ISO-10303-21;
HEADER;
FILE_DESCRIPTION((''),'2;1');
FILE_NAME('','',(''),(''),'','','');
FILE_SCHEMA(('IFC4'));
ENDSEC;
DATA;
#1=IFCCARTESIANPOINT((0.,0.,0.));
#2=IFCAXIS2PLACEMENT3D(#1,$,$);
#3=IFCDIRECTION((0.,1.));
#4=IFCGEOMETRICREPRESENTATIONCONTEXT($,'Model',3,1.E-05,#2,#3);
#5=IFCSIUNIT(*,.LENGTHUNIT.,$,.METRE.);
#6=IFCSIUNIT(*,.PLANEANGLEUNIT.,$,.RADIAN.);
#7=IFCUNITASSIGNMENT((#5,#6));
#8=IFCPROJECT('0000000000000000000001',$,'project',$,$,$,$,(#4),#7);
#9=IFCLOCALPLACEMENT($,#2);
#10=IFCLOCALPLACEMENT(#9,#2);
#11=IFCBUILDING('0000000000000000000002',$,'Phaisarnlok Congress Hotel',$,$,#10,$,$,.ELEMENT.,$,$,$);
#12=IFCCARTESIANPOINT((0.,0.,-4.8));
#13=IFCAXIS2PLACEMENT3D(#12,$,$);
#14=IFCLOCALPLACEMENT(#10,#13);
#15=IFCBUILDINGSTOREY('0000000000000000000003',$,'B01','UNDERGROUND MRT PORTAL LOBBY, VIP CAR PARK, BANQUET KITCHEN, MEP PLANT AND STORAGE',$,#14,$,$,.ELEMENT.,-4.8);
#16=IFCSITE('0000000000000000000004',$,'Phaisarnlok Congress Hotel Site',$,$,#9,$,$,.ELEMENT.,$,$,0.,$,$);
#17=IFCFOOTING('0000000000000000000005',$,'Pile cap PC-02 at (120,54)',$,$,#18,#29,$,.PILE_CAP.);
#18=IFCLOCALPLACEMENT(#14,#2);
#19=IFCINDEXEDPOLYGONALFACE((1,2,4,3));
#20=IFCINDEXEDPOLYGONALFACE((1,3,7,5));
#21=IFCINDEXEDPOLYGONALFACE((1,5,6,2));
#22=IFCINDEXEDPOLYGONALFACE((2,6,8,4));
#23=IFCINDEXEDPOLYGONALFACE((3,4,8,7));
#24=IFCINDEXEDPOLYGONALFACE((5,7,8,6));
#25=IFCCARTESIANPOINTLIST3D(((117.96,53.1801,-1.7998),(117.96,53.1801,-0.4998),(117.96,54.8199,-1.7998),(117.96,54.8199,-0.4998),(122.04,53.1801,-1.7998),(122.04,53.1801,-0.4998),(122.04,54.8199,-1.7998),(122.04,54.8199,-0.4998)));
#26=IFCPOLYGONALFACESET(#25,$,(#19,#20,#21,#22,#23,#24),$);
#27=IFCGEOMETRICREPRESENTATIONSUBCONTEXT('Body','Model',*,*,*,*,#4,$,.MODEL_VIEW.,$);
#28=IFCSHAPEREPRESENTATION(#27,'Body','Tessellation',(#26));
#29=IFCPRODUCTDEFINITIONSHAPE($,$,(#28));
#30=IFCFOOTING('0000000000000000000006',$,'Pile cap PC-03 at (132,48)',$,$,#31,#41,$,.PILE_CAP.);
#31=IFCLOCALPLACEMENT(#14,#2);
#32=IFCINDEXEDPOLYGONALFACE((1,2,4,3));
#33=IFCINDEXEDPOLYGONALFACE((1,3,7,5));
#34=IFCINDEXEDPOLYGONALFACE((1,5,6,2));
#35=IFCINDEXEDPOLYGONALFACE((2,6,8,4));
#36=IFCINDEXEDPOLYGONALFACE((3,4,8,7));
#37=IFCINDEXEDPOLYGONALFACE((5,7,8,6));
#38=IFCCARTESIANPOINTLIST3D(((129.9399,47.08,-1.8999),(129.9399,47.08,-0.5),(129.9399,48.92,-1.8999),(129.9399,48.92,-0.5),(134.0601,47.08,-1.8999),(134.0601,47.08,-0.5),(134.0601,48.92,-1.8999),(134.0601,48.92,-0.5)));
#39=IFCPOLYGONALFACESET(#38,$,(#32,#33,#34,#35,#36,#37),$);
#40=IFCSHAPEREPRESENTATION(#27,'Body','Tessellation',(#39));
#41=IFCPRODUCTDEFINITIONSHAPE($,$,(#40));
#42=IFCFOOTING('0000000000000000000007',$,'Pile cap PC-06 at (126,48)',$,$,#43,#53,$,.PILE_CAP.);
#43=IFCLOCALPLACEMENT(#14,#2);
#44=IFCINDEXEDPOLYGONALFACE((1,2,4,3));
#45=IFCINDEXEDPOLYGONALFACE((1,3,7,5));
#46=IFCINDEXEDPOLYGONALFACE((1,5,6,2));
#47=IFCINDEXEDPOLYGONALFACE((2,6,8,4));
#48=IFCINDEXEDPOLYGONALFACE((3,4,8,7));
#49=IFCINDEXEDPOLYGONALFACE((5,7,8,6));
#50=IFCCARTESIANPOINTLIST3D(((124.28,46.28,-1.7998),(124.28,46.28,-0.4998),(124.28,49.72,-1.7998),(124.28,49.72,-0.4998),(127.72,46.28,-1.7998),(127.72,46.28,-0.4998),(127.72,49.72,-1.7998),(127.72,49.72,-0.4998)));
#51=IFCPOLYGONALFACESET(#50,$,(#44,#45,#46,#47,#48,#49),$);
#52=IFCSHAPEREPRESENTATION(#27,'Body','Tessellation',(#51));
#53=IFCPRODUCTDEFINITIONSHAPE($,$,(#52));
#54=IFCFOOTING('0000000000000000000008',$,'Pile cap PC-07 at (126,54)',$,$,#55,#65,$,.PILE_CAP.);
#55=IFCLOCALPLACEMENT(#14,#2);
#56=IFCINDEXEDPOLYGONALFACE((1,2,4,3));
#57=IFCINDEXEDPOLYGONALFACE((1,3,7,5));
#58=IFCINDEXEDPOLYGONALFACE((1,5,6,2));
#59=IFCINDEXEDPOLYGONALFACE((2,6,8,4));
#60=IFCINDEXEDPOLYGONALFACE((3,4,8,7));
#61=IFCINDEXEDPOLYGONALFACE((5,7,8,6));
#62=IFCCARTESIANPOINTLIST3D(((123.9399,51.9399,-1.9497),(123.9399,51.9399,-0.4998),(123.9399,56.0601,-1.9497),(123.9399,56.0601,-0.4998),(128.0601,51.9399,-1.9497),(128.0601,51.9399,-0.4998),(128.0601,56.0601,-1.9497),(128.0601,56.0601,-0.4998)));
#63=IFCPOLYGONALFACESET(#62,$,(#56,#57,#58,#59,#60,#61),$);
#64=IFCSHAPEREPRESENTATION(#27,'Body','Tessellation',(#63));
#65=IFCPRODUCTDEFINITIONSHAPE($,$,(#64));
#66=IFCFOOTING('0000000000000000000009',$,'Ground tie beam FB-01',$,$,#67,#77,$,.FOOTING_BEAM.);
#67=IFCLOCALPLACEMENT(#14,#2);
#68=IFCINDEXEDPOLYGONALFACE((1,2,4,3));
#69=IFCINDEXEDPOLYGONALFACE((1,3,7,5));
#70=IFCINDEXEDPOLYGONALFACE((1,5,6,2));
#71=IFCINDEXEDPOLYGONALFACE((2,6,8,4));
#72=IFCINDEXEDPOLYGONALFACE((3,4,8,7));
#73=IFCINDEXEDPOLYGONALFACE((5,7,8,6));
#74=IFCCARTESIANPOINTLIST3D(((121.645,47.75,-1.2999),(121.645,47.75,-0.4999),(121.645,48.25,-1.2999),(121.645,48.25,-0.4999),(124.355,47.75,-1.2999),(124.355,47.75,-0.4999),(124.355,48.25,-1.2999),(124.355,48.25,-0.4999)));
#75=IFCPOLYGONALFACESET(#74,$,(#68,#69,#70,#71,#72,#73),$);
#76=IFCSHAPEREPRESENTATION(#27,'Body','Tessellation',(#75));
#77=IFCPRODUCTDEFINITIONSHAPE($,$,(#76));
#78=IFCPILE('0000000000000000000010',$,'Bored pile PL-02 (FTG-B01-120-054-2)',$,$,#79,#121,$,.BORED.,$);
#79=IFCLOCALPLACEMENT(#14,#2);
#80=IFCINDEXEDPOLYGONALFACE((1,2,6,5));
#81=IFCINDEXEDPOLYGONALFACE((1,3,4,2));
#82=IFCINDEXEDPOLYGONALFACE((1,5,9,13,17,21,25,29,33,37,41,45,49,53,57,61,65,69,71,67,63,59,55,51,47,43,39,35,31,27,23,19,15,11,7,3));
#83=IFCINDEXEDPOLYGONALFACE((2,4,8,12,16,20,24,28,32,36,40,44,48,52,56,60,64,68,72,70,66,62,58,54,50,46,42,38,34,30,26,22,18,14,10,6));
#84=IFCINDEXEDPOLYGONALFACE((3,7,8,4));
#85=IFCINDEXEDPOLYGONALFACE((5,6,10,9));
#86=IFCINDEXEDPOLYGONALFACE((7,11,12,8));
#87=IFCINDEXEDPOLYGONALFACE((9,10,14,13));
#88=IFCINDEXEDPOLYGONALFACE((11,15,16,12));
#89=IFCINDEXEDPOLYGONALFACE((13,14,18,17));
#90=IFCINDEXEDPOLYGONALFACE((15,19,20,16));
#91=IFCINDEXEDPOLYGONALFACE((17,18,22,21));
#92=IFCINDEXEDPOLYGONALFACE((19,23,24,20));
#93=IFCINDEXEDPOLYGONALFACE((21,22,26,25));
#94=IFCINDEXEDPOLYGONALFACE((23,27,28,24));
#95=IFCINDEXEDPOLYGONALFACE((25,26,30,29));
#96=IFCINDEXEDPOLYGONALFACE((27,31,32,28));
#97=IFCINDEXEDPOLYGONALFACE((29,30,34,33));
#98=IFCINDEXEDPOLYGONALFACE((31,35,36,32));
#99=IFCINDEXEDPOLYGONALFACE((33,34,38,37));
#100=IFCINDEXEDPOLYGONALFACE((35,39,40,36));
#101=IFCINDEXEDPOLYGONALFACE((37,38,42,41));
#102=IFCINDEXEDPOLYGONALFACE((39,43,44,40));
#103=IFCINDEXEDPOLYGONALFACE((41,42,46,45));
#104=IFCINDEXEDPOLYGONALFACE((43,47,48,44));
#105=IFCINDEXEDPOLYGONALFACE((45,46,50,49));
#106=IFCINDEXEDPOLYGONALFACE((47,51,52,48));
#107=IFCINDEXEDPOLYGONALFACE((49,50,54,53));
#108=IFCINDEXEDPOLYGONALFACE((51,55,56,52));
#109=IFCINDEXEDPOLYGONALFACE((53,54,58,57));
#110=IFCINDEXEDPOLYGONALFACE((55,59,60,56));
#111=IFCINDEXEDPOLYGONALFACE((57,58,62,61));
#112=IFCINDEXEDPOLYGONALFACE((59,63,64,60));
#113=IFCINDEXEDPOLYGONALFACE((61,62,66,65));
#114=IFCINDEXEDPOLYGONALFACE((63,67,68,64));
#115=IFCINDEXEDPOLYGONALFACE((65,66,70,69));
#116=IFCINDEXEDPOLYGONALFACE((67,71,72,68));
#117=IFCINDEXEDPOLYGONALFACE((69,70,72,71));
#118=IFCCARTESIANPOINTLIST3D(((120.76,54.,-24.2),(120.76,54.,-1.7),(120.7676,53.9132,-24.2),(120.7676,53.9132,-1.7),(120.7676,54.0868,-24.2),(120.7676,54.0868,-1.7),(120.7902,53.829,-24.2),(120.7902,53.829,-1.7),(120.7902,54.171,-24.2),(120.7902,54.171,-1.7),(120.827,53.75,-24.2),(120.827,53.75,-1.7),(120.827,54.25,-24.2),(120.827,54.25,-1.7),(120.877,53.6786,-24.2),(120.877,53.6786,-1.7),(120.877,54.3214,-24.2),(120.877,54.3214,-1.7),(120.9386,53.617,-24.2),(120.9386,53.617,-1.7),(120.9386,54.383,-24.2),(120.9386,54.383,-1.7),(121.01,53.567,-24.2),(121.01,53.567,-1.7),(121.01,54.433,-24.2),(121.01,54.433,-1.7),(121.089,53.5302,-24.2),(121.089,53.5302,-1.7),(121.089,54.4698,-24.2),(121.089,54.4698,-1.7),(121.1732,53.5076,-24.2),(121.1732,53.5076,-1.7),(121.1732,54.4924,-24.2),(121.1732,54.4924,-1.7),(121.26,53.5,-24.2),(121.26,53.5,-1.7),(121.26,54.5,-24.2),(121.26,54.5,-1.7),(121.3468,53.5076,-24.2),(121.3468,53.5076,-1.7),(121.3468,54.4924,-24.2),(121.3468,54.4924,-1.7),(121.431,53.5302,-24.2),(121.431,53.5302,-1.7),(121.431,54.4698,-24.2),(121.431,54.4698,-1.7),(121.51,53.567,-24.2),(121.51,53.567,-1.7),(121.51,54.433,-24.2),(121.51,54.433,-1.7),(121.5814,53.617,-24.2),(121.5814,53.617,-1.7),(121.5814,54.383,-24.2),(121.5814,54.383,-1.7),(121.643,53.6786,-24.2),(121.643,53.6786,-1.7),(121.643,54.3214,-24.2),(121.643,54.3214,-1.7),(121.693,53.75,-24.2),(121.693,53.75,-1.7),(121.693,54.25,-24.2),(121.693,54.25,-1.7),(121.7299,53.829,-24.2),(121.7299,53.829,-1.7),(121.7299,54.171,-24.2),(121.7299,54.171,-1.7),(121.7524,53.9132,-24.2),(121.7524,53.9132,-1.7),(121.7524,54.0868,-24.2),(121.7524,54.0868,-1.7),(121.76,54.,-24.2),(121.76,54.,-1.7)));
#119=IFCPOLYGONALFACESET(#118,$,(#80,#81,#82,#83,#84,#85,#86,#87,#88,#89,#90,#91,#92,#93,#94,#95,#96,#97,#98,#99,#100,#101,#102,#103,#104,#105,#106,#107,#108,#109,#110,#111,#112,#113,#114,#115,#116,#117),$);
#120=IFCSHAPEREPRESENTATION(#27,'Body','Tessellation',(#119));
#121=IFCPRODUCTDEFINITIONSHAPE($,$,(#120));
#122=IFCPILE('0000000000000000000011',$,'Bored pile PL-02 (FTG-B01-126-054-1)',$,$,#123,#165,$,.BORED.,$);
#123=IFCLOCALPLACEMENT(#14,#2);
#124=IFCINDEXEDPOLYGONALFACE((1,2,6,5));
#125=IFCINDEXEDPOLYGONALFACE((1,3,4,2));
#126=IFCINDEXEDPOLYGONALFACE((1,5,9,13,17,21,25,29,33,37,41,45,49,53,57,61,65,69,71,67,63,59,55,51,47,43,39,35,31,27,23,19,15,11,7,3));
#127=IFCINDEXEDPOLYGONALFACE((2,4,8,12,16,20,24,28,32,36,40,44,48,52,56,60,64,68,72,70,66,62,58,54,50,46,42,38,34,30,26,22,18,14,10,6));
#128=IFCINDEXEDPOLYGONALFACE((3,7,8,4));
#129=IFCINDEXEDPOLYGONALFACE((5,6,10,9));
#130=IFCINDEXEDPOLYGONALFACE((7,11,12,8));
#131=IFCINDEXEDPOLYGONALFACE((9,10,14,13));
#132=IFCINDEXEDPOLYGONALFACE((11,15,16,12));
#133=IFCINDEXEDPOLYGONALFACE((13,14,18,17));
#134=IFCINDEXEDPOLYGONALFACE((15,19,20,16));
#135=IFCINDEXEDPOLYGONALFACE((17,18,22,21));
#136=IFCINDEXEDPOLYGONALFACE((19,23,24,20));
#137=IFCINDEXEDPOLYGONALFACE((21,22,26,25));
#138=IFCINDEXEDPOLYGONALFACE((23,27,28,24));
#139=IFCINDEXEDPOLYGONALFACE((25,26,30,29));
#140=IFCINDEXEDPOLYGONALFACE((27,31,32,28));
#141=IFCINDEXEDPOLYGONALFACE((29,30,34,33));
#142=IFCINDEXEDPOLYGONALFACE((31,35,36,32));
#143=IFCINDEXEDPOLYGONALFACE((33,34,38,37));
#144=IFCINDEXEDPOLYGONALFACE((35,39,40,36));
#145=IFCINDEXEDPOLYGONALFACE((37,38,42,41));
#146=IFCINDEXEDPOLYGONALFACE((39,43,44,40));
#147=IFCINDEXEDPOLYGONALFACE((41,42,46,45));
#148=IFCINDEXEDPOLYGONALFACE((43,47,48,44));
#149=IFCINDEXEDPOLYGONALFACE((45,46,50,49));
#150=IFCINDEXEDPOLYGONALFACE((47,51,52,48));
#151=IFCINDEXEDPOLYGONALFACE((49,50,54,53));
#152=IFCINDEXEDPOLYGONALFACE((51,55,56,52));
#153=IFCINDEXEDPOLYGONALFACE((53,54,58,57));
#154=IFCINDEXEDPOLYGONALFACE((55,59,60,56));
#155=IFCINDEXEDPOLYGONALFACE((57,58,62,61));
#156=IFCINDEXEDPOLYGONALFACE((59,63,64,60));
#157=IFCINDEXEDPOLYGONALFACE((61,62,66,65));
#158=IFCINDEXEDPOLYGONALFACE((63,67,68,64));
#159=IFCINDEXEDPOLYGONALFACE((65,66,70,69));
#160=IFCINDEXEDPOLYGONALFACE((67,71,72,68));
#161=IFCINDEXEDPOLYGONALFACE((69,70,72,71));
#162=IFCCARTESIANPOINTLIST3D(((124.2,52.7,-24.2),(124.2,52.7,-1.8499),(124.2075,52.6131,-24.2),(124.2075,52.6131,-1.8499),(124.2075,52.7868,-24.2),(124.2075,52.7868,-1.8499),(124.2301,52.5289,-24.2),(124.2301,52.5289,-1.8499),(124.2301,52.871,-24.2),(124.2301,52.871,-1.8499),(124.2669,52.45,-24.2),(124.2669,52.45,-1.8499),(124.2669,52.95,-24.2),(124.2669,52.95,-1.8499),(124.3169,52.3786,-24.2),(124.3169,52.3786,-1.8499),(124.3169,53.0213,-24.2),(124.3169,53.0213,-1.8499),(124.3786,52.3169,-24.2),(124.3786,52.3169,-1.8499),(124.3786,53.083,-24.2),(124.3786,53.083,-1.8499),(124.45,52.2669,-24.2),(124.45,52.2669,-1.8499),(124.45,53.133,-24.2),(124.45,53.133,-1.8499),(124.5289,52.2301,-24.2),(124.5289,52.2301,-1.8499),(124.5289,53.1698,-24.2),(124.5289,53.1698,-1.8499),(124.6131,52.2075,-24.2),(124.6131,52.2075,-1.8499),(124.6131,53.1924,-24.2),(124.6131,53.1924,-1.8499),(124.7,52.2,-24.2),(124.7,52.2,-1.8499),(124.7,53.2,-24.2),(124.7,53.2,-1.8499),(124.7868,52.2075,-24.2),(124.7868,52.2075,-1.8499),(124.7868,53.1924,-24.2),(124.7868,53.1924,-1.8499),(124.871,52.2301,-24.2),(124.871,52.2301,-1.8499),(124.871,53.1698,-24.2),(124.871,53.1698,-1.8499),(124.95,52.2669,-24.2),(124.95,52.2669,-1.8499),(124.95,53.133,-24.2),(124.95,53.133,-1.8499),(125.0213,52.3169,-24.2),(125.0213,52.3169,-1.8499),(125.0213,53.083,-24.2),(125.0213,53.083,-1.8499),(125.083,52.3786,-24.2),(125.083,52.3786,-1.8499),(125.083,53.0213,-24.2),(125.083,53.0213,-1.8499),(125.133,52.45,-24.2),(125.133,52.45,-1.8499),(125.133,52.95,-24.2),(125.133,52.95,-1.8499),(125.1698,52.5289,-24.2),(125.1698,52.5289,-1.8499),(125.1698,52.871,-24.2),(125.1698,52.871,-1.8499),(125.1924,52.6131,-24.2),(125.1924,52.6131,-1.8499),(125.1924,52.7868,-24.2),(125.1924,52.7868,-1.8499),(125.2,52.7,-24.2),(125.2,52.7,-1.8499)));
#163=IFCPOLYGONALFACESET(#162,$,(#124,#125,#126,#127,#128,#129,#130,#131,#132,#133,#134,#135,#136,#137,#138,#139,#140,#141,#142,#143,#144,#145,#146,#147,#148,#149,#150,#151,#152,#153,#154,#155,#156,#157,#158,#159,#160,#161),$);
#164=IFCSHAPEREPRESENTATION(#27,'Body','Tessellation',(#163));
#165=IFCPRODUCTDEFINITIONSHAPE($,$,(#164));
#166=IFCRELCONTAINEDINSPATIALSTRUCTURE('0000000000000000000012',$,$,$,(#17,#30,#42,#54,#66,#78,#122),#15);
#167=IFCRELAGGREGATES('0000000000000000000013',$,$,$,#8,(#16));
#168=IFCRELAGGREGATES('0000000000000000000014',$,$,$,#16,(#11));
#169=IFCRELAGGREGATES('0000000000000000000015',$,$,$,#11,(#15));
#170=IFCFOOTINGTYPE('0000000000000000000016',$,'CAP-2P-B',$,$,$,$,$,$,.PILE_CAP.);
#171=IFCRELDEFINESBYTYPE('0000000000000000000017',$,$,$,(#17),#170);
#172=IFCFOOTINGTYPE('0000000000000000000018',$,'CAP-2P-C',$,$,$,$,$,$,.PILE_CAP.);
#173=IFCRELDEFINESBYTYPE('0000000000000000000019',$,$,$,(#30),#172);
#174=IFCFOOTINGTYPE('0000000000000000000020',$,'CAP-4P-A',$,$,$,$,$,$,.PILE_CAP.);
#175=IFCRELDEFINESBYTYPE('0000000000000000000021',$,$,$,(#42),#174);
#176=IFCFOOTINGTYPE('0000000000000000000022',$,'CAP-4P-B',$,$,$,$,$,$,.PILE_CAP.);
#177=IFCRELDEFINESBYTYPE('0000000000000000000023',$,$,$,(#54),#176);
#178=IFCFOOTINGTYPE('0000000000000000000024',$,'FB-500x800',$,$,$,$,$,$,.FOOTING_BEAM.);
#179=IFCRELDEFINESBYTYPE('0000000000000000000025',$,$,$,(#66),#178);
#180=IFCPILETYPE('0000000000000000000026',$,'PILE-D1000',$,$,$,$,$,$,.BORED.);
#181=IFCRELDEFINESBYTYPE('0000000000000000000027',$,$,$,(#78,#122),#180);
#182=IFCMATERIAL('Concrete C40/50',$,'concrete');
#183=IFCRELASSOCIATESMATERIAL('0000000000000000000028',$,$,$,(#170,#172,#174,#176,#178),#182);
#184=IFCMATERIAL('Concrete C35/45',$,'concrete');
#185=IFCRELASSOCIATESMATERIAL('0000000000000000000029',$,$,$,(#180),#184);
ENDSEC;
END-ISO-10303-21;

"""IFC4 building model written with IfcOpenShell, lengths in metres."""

from ifc_helpers import new_model, si_unit, direction, frame, origin, origin_2d, place, context, subcontext, project, spatial, rectangle, circle, extrude, material, material_profile, profile_set, type_object, element, save


model = new_model("IFC4")

# Units and contexts
model_context = context("Model", 3, precision=1e-05, world=origin(), true_north=direction((0.0, 1.0)))
body_context = subcontext(model_context, "Body", "Model", "MODEL_VIEW")
ifc_project = project(units=[si_unit("LENGTHUNIT", "METRE"), si_unit("PLANEANGLEUNIT", "RADIAN")], contexts=[model_context])

# Site, building, storey
site_placement = place(None, origin())
site = spatial("IfcSite", under=ifc_project, at=site_placement, Name="Phaisarnlok Congress Hotel Site", CompositionType="ELEMENT", RefElevation=0.0)
building_placement = place(site_placement, origin())
building = spatial("IfcBuilding", under=site, at=building_placement, Name="Phaisarnlok Congress Hotel", CompositionType="ELEMENT")
storey_placement = place(building_placement, frame((0.0, 0.0, -4.8)))
storey = spatial("IfcBuildingStorey", under=building, at=storey_placement, Name="B01", Description="UNDERGROUND MRT PORTAL LOBBY, VIP CAR PARK, BANQUET KITCHEN, MEP PLANT AND STORAGE", CompositionType="ELEMENT", Elevation=-4.8)

# Footings
ifc_material_1 = material(Name="Concrete C40/50", Category="concrete")
footing_type_1 = type_object("IfcFootingType", Name="CAP-2P-B", PredefinedType="PILE_CAP", material=ifc_material_1)
footing_1_placement = place(storey_placement, frame((120.0, 54.0, -1.7998), z_axis=(0.0, 0.0, 1.0), x_axis=(1.0, 0.0, 0.0)))
element("IfcFooting", 1, at=footing_1_placement, inside=storey, type_object=footing_type_1, Name="Pile cap PC-02 at (120,54)", PredefinedType="PILE_CAP", context=body_context, shape_type="SweptSolid", body=[
    extrude(rectangle(XDim=4.0801, YDim=1.6399, at=origin_2d()), origin(), (0.0, 0.0, 1.0), 1.3),
])
footing_type_2 = type_object("IfcFootingType", Name="CAP-2P-C", PredefinedType="PILE_CAP", material=ifc_material_1)
footing_2_placement = place(storey_placement, frame((132.0, 48.0, -1.8999), z_axis=(0.0, 0.0, 1.0), x_axis=(1.0, 0.0, 0.0)))
element("IfcFooting", 2, at=footing_2_placement, inside=storey, type_object=footing_type_2, Name="Pile cap PC-03 at (132,48)", PredefinedType="PILE_CAP", context=body_context, shape_type="SweptSolid", body=[
    extrude(rectangle(XDim=4.1201, YDim=1.8401, at=origin_2d()), origin(), (0.0, 0.0, 1.0), 1.3999),
])
footing_type_3 = type_object("IfcFootingType", Name="CAP-4P-A", PredefinedType="PILE_CAP", material=ifc_material_1)
footing_3_placement = place(storey_placement, frame((126.0, 48.0, -1.7998), z_axis=(0.0, 0.0, 1.0), x_axis=(1.0, 0.0, 0.0)))
element("IfcFooting", 3, at=footing_3_placement, inside=storey, type_object=footing_type_3, Name="Pile cap PC-06 at (126,48)", PredefinedType="PILE_CAP", context=body_context, shape_type="SweptSolid", body=[
    extrude(rectangle(XDim=3.4399, YDim=3.4399, at=origin_2d()), origin(), (0.0, 0.0, 1.0), 1.3),
])
footing_type_4 = type_object("IfcFootingType", Name="CAP-4P-B", PredefinedType="PILE_CAP", material=ifc_material_1)
footing_4_placement = place(storey_placement, frame((126.0, 54.0, -1.9497), z_axis=(0.0, 0.0, 1.0), x_axis=(1.0, 0.0, 0.0)))
element("IfcFooting", 4, at=footing_4_placement, inside=storey, type_object=footing_type_4, Name="Pile cap PC-07 at (126,54)", PredefinedType="PILE_CAP", context=body_context, shape_type="SweptSolid", body=[
    extrude(rectangle(XDim=4.1201, YDim=4.1201, at=origin_2d()), origin(), (0.0, 0.0, 1.0), 1.45),
])
ifc_material_profile_1 = material_profile(ifc_material_1, rectangle(XDim=0.5, YDim=0.8, at=origin_2d()), Name="FB-500x800")
ifc_profile_set_1 = profile_set([ifc_material_profile_1], Name="Concrete C40/50")
footing_type_5 = type_object("IfcFootingType", Name="FB-500x800", PredefinedType="FOOTING_BEAM", material=ifc_profile_set_1)
footing_5_placement = place(storey_placement, frame((121.645, 48.0, -0.8999), z_axis=(1.0, 0.0, 0.0), x_axis=(0.0, 1.0, 0.0)))
element("IfcFooting", 5, at=footing_5_placement, inside=storey, type_object=footing_type_5, Name="Ground tie beam FB-01", PredefinedType="FOOTING_BEAM", context=body_context, shape_type="SweptSolid", body=[
    extrude(rectangle(XDim=0.5, YDim=0.8, at=origin_2d()), origin(), (0.0, 0.0, 1.0), 2.71),
])

# Piles
ifc_material_2 = material(Name="Concrete C35/45", Category="concrete")
ifc_material_profile_2 = material_profile(ifc_material_2, circle(Radius=0.5, at=origin_2d()), Name="BORED PILE D1000")
ifc_profile_set_2 = profile_set([ifc_material_profile_2], Name="Concrete C35/45")
pile_type_1 = type_object("IfcPileType", Name="PILE-D1000", PredefinedType="BORED", material=ifc_profile_set_2)
pile_1_placement = place(storey_placement, frame((121.26, 54.0, -1.7), z_axis=(0.0, 0.0, -1.0), x_axis=(1.0, 0.0, 0.0)))
element("IfcPile", 6, at=pile_1_placement, inside=storey, type_object=pile_type_1, Name="Bored pile PL-02 (FTG-B01-120-054-2)", PredefinedType="BORED", context=body_context, shape_type="SweptSolid", body=[
    extrude(circle(Radius=0.5, at=origin_2d()), origin(), (0.0, 0.0, 1.0), 22.5),
])
for number, where, z_axis, x_axis, name in (
    (7, (124.7, 52.7, -1.8499), (0.0, 0.0, -1.0), (1.0, 0.0, 0.0), "Bored pile PL-02 (FTG-B01-126-054-1)"),
):
    element("IfcPile", number, at=place(storey_placement, frame(where, z_axis=z_axis, x_axis=x_axis)), inside=storey, type_object=pile_type_1, Name=name, PredefinedType="BORED", context=body_context, shape_type="SweptSolid", body=[
        extrude(circle(Radius=0.5, at=origin_2d()), origin(), (0.0, 0.0, 1.0), 22.3501),
    ])

save(model, "model.ifc")
